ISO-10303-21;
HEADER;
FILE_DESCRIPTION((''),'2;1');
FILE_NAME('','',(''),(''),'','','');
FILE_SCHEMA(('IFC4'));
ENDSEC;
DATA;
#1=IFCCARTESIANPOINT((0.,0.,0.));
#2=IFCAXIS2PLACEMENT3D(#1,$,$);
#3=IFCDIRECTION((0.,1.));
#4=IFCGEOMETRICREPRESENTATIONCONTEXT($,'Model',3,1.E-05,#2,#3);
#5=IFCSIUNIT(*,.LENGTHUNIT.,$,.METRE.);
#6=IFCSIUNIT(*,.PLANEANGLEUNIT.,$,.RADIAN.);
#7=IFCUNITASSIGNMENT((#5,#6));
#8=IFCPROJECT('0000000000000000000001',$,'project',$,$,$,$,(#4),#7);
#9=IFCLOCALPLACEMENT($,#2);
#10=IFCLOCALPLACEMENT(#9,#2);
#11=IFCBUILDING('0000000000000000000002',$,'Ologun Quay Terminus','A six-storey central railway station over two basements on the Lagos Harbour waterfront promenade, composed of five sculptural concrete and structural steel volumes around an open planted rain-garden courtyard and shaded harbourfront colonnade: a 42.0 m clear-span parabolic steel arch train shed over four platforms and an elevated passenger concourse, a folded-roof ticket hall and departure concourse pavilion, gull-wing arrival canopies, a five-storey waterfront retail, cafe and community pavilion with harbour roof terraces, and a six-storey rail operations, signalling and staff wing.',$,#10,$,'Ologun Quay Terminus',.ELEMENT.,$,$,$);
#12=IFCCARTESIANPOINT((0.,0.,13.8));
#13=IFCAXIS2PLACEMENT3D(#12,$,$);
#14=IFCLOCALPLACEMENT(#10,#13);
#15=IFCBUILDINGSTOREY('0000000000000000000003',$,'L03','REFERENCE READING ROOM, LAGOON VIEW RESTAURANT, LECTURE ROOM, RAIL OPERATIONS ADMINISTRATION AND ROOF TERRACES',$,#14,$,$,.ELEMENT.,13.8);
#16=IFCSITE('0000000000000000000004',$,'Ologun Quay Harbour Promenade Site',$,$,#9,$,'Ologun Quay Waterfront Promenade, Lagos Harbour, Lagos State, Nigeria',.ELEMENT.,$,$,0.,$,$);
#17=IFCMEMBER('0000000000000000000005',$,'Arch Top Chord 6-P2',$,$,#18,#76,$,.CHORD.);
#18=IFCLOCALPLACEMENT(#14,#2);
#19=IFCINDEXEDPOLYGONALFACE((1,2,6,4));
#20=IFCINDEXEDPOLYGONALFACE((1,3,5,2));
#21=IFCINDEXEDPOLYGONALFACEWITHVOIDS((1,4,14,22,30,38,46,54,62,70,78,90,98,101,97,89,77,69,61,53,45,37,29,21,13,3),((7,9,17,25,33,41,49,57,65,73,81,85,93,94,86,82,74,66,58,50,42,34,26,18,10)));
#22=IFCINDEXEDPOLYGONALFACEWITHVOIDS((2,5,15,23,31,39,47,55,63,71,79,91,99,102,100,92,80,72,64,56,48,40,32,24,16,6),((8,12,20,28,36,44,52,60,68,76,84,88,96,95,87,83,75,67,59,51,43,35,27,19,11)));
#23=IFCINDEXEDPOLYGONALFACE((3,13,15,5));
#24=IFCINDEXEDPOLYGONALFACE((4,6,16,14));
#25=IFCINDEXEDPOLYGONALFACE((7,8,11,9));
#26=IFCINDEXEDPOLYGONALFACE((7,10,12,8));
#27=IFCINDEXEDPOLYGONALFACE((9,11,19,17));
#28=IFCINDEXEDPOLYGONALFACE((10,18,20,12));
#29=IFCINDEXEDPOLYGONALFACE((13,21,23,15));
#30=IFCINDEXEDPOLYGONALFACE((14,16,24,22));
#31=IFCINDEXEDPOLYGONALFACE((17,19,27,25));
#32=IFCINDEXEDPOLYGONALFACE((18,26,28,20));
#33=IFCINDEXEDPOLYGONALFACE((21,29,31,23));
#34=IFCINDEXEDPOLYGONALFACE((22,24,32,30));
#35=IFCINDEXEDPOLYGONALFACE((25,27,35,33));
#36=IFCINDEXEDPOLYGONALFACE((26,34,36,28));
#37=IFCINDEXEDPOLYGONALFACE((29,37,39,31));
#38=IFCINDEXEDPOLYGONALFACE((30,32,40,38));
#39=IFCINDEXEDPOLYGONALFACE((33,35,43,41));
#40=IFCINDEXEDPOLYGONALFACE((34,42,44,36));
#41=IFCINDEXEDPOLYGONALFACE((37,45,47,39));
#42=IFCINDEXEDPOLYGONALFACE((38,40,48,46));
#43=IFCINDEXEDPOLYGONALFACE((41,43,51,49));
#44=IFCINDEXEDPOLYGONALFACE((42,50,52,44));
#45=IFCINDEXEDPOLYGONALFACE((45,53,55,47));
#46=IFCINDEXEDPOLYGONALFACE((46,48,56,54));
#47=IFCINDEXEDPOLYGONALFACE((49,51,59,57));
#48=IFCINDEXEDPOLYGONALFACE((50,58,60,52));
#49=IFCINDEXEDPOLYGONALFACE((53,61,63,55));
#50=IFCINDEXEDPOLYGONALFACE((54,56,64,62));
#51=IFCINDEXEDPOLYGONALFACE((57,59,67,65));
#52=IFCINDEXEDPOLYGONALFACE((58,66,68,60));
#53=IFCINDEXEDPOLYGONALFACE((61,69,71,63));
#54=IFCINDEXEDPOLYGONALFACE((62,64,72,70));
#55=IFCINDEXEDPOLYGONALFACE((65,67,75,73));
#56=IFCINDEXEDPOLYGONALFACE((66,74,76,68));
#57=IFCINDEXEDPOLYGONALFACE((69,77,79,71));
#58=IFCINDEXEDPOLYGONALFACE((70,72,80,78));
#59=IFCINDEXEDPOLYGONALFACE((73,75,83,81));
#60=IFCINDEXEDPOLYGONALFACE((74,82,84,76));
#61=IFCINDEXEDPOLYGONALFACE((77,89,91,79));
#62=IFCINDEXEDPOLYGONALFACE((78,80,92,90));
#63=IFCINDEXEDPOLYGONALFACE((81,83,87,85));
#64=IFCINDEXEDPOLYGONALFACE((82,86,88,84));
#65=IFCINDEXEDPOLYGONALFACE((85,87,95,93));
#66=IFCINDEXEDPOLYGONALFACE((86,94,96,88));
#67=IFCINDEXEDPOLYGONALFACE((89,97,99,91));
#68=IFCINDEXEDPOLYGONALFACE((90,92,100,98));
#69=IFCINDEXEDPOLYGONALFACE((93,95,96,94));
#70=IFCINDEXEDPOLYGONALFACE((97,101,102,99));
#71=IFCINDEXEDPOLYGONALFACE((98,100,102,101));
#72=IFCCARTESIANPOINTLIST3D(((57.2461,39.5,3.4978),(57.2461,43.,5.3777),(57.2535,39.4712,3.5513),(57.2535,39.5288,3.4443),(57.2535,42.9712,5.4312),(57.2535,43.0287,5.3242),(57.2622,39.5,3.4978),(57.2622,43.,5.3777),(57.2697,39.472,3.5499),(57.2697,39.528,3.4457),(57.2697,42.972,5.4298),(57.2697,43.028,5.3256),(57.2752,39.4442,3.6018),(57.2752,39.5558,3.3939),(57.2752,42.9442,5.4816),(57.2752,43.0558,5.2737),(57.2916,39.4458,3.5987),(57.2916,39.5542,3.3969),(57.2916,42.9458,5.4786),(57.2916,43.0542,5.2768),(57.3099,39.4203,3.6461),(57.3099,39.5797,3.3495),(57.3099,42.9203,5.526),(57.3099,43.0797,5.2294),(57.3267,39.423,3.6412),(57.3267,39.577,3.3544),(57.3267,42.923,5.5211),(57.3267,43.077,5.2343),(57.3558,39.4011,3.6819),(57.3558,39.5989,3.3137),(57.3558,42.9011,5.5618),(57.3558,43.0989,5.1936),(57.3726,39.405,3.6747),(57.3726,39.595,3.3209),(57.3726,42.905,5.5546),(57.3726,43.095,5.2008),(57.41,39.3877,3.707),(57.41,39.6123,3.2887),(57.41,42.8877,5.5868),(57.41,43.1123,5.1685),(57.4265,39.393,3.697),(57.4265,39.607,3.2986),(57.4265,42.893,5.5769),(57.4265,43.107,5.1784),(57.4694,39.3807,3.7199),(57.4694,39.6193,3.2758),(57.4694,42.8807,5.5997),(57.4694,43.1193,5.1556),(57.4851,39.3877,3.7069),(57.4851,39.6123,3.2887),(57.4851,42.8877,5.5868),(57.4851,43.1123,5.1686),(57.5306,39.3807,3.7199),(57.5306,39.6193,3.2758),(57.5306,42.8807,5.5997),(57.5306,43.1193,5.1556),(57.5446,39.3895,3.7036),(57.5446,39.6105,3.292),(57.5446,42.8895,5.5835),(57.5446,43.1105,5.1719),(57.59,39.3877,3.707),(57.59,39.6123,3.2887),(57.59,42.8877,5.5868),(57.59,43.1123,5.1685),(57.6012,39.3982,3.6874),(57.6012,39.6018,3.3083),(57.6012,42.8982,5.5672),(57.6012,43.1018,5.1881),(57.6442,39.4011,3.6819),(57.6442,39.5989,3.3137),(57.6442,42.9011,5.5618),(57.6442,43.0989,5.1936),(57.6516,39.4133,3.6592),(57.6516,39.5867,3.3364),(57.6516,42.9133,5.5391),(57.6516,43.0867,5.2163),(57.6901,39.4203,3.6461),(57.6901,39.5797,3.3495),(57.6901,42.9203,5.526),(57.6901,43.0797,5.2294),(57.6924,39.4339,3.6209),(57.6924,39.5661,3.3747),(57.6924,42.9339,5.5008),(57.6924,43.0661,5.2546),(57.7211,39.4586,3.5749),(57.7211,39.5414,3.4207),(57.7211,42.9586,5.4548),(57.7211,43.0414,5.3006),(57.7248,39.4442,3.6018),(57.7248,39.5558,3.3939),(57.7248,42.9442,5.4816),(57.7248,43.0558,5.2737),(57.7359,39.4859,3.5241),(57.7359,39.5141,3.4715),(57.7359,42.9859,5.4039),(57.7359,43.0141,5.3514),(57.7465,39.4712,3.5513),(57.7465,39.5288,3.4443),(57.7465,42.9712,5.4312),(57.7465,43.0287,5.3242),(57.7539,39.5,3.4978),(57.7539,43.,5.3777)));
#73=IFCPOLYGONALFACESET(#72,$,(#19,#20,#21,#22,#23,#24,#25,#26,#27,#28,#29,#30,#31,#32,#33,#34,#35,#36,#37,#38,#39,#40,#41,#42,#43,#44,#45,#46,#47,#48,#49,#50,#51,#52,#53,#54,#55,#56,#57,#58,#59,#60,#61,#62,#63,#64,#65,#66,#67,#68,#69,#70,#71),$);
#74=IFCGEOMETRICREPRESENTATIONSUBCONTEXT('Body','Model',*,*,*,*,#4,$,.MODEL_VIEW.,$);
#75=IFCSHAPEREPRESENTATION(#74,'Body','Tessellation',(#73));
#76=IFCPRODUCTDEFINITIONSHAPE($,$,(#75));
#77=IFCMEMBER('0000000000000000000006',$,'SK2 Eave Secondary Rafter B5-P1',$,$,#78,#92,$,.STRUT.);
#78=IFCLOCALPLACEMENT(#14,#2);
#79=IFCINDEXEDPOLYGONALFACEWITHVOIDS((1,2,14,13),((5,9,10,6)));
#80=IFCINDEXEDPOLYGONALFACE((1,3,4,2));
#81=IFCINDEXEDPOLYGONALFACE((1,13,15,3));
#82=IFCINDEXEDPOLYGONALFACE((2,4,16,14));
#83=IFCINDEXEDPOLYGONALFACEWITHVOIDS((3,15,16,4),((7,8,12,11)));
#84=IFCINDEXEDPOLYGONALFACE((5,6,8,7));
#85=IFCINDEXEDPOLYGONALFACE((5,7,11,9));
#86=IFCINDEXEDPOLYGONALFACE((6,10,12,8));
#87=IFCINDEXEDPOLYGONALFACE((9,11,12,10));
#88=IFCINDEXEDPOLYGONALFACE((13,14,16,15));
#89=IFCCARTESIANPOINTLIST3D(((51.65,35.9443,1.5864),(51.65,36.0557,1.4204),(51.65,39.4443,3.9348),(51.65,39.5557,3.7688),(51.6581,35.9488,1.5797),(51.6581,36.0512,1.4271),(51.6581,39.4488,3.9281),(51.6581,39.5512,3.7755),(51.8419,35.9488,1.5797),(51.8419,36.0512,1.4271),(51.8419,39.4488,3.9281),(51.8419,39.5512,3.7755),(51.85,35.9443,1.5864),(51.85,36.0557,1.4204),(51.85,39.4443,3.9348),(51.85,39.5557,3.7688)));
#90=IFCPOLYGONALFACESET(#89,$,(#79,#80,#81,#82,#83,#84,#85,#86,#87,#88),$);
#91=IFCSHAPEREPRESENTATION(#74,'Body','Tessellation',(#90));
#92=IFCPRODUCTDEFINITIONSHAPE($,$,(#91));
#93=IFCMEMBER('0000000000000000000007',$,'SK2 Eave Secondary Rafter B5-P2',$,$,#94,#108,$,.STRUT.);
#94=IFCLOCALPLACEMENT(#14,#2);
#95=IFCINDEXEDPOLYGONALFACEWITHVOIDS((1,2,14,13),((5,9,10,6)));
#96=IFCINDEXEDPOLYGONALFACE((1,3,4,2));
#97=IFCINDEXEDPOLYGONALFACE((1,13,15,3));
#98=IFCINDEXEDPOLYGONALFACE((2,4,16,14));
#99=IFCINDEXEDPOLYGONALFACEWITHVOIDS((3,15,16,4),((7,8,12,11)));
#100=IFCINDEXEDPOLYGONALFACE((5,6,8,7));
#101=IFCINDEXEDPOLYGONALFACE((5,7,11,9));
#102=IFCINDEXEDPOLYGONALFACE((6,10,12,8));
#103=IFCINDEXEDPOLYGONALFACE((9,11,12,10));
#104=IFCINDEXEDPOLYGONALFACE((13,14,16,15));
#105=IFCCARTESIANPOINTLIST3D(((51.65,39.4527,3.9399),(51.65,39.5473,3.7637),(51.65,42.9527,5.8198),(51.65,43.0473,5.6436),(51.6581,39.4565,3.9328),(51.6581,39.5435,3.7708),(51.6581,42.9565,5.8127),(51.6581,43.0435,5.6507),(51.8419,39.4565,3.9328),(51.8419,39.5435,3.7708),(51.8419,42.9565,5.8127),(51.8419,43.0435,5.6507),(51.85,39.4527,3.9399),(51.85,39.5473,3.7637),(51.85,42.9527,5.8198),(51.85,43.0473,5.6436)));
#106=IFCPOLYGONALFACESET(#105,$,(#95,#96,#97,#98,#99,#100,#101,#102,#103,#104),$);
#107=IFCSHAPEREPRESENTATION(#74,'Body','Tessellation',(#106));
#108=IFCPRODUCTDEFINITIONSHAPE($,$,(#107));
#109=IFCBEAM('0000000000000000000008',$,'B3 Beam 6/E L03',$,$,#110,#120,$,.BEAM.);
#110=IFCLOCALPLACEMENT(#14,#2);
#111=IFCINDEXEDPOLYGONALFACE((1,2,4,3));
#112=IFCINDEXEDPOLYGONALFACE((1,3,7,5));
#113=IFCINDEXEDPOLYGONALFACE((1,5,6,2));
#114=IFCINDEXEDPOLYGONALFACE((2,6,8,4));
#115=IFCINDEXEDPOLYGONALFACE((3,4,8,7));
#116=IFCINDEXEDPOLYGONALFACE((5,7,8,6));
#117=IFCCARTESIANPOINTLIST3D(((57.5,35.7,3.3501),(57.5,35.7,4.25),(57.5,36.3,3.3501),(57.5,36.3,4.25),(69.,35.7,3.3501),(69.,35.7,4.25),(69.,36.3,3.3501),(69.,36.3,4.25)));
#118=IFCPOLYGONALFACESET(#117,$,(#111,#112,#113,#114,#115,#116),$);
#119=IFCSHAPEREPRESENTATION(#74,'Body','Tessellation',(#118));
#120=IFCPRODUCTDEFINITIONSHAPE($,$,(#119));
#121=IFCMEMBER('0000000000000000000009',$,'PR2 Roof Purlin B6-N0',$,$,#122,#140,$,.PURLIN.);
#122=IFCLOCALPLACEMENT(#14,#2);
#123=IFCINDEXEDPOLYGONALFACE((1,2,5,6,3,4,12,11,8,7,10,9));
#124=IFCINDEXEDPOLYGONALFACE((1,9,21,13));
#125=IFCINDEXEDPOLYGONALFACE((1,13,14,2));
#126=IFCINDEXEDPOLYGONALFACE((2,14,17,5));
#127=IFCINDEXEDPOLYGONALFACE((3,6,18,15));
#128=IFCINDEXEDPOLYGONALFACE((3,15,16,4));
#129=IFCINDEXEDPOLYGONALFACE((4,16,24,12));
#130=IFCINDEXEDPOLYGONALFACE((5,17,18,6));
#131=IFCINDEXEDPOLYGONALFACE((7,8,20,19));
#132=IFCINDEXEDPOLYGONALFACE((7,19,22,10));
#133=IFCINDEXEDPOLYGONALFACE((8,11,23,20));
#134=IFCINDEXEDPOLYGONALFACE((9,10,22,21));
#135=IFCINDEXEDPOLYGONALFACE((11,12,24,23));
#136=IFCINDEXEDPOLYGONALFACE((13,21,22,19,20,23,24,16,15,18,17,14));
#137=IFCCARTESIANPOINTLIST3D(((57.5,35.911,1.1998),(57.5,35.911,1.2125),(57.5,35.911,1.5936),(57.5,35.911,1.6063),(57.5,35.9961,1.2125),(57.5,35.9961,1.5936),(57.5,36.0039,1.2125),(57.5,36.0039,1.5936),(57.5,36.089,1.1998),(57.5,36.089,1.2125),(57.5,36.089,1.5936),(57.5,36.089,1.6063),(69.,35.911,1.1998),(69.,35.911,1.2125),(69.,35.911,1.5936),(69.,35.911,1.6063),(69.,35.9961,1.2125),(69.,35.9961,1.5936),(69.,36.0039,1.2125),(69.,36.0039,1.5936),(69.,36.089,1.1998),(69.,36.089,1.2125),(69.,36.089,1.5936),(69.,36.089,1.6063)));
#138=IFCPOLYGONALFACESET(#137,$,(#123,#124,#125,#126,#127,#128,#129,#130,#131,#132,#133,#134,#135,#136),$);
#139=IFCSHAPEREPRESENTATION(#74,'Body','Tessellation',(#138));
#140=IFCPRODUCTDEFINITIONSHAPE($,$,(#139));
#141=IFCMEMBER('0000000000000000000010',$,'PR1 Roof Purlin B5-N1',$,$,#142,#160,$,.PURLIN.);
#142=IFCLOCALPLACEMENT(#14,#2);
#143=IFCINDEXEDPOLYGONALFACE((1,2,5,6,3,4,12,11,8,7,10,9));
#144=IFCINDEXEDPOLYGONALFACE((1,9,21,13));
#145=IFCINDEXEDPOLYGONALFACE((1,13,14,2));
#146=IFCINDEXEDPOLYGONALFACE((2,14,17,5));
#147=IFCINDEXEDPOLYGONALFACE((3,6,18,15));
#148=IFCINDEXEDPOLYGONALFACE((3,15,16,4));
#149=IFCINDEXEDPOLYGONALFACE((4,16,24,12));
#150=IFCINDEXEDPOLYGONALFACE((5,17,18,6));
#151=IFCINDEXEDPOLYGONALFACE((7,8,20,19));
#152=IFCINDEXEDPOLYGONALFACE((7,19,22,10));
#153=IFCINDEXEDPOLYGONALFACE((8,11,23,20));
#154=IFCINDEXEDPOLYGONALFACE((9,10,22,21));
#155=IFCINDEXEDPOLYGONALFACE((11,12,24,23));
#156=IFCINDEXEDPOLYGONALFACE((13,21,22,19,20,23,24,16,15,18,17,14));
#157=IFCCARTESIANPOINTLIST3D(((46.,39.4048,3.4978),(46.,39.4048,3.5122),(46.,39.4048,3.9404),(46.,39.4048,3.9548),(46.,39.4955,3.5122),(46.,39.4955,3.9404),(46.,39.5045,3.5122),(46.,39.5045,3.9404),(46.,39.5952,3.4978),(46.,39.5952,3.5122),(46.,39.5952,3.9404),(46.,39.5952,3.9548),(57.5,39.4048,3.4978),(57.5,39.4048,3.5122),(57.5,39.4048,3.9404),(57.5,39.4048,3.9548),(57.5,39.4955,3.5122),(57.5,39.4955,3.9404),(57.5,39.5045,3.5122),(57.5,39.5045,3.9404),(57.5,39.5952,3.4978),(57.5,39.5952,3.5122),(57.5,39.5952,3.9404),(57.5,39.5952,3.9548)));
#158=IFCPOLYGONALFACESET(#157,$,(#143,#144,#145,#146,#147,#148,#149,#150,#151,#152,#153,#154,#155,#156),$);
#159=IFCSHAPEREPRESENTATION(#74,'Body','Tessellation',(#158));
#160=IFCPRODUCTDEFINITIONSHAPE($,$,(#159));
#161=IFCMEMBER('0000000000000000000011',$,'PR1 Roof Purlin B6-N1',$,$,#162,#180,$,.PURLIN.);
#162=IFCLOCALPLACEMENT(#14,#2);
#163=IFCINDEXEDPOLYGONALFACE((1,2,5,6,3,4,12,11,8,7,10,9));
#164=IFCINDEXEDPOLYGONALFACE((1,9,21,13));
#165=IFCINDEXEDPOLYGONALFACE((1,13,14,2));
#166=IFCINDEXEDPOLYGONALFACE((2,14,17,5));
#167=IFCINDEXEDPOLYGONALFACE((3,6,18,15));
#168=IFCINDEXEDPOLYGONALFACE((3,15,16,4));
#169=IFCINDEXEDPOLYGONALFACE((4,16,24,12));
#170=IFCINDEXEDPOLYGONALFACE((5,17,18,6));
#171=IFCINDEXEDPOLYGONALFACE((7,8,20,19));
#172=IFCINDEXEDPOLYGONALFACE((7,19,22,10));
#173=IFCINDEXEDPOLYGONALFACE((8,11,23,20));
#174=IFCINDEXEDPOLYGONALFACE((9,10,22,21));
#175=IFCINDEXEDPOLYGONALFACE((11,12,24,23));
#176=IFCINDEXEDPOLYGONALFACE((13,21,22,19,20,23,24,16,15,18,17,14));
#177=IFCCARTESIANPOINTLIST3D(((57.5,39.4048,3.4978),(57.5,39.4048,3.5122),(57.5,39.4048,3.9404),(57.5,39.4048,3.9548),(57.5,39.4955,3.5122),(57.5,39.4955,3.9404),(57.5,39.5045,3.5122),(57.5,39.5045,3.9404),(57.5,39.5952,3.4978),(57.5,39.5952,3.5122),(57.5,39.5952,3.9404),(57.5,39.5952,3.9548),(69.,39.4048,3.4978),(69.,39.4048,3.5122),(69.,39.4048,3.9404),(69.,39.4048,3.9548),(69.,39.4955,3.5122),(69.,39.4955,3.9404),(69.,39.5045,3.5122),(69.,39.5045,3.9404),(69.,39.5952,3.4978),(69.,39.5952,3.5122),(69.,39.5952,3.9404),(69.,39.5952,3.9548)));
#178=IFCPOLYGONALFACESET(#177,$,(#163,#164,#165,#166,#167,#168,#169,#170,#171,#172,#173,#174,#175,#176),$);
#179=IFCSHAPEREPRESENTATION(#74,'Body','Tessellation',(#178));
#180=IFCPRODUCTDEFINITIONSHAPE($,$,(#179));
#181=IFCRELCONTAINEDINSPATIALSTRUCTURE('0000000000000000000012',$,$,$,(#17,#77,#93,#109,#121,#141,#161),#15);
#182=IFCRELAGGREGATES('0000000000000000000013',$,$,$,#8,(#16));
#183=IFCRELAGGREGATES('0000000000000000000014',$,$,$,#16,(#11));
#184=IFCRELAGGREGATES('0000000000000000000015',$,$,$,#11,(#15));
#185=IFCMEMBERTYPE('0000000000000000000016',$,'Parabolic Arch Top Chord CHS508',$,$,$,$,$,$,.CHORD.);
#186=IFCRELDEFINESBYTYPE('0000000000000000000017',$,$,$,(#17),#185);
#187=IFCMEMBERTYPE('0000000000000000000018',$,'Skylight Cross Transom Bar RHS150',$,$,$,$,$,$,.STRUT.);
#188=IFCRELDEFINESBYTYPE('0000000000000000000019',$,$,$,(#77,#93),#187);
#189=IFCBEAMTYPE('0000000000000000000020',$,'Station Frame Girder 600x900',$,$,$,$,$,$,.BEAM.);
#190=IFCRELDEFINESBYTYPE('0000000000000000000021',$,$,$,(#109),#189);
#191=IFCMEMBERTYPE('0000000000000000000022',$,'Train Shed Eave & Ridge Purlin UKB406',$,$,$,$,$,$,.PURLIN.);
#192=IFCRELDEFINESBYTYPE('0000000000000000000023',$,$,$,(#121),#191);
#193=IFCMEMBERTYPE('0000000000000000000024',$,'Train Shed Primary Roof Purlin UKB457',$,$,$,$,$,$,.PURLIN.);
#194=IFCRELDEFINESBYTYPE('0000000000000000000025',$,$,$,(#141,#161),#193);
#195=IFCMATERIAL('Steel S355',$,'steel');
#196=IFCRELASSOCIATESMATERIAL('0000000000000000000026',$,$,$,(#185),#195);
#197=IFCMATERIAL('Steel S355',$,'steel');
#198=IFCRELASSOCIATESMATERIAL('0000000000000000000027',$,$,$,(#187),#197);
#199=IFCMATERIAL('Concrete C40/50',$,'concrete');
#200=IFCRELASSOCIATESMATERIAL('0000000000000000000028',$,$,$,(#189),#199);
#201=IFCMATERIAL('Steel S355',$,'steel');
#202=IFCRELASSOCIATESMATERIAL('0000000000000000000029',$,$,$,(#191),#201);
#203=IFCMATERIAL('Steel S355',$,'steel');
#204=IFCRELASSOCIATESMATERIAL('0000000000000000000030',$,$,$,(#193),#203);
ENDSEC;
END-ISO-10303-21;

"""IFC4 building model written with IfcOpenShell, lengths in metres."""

from ifc_helpers import new_model, si_unit, direction, frame, origin, origin_2d, place, context, subcontext, project, spatial, rectangle, hollow_rectangle, hollow_circle, i_section, extrude, material, material_profile, profile_set, type_object, element, save


model = new_model("IFC4")

# Units and contexts
model_context = context("Model", 3, precision=1e-05, world=origin(), true_north=direction((0.0, 1.0)))
body_context = subcontext(model_context, "Body", "Model", "MODEL_VIEW")
ifc_project = project(units=[si_unit("LENGTHUNIT", "METRE"), si_unit("PLANEANGLEUNIT", "RADIAN")], contexts=[model_context])

# Site, building, storey
site_placement = place(None, origin())
site = spatial("IfcSite", under=ifc_project, at=site_placement, Name="Ologun Quay Harbour Promenade Site", LongName="Ologun Quay Waterfront Promenade, Lagos Harbour, Lagos State, Nigeria", CompositionType="ELEMENT", RefElevation=0.0)
building_placement = place(site_placement, origin())
building = spatial("IfcBuilding", under=site, at=building_placement, Name="Ologun Quay Terminus", Description="A six-storey central railway station over two basements on the Lagos Harbour waterfront promenade, composed of five sculptural concrete and structural steel volumes around an open planted rain-garden courtyard and shaded harbourfront colonnade: a 42.0 m clear-span parabolic steel arch train shed over four platforms and an elevated passenger concourse, a folded-roof ticket hall and departure concourse pavilion, gull-wing arrival canopies, a five-storey waterfront retail, cafe and community pavilion with harbour roof terraces, and a six-storey rail operations, signalling and staff wing.", LongName="Ologun Quay Terminus", CompositionType="ELEMENT")
storey_placement = place(building_placement, frame((0.0, 0.0, 13.8)))
storey = spatial("IfcBuildingStorey", under=building, at=storey_placement, Name="L03", Description="REFERENCE READING ROOM, LAGOON VIEW RESTAURANT, LECTURE ROOM, RAIL OPERATIONS ADMINISTRATION AND ROOF TERRACES", CompositionType="ELEMENT", Elevation=13.8)

# Members
ifc_material_1 = material(Name="Steel S355", Category="steel")
ifc_material_profile_1 = material_profile(ifc_material_1, hollow_circle(Radius=0.2539, WallThickness=0.0161, at=origin_2d()), Name="CHS 508x16")
ifc_profile_set_1 = profile_set([ifc_material_profile_1], Name="Steel S355")
member_type_1 = type_object("IfcMemberType", Name="Parabolic Arch Top Chord CHS508", PredefinedType="CHORD", material=ifc_profile_set_1)
member_1_placement = place(storey_placement, frame((57.5, 39.5, 3.4978), z_axis=(0.0, 0.880968, 0.473176), x_axis=(-1.0, 0.0, 0.0)))
element("IfcMember", 1, at=member_1_placement, inside=storey, type_object=member_type_1, Name="Arch Top Chord 6-P2", PredefinedType="CHORD", context=body_context, shape_type="SweptSolid", body=[
    extrude(hollow_circle(Radius=0.2539, WallThickness=0.0161, at=origin_2d()), origin(), (0.0, 0.0, 1.0), 3.9729),
])
ifc_material_2 = material(Name="Steel S355", Category="steel")
ifc_material_profile_2 = material_profile(ifc_material_2, hollow_rectangle(XDim=0.2, YDim=0.2, WallThickness=0.0081, at=origin_2d()), Name="SHS 200x200x8")
ifc_profile_set_2 = profile_set([ifc_material_profile_2], Name="Steel S355")
member_type_2 = type_object("IfcMemberType", Name="Skylight Cross Transom Bar RHS150", PredefinedType="STRUT", material=ifc_profile_set_2)
member_2_placement = place(storey_placement, frame((51.75, 36.0, 1.5034), z_axis=(0.0, 0.830398, 0.557171), x_axis=(-1.0, 0.0, 0.0)))
element("IfcMember", 2, at=member_2_placement, inside=storey, type_object=member_type_2, Name="SK2 Eave Secondary Rafter B5-P1", PredefinedType="STRUT", context=body_context, shape_type="SweptSolid", body=[
    extrude(hollow_rectangle(XDim=0.2, YDim=0.2, WallThickness=0.0081, at=origin_2d()), origin(), (0.0, 0.0, 1.0), 4.2148),
])
member_3_placement = place(storey_placement, frame((51.75, 39.5, 3.8518), z_axis=(0.0, 0.880968, 0.473176), x_axis=(-1.0, 0.0, 0.0)))
element("IfcMember", 3, at=member_3_placement, inside=storey, type_object=member_type_2, Name="SK2 Eave Secondary Rafter B5-P2", PredefinedType="STRUT", context=body_context, shape_type="SweptSolid", body=[
    extrude(hollow_rectangle(XDim=0.2, YDim=0.2, WallThickness=0.0081, at=origin_2d()), origin(), (0.0, 0.0, 1.0), 3.9729),
])

# Beam
ifc_material_3 = material(Name="Concrete C40/50", Category="concrete")
ifc_material_profile_3 = material_profile(ifc_material_3, rectangle(XDim=0.6001, YDim=0.8999, at=origin_2d()), Name="RC 600x900")
ifc_profile_set_3 = profile_set([ifc_material_profile_3], Name="Concrete C40/50")
beam_type = type_object("IfcBeamType", Name="Station Frame Girder 600x900", PredefinedType="BEAM", material=ifc_profile_set_3)
beam_placement = place(storey_placement, frame((57.5, 36.0, 3.8), z_axis=(1.0, 0.0, 0.0), x_axis=(0.0, 1.0, 0.0)))
element("IfcBeam", 4, at=beam_placement, inside=storey, type_object=beam_type, Name="B3 Beam 6/E L03", PredefinedType="BEAM", context=body_context, shape_type="SweptSolid", body=[
    extrude(rectangle(XDim=0.6001, YDim=0.8999, at=origin_2d()), origin(), (0.0, 0.0, 1.0), 11.5),
])

# Members
ifc_material_4 = material(Name="Steel S355", Category="steel")
ifc_material_profile_4 = material_profile(ifc_material_4, i_section(OverallWidth=0.178, OverallDepth=0.4065, WebThickness=0.0078, FlangeThickness=0.0127, at=origin_2d()), Name="UKB 406x178x60")
ifc_profile_set_4 = profile_set([ifc_material_profile_4], Name="Steel S355")
member_type_3 = type_object("IfcMemberType", Name="Train Shed Eave & Ridge Purlin UKB406", PredefinedType="PURLIN", material=ifc_profile_set_4)
member_4_placement = place(storey_placement, frame((57.5, 36.0, 1.4031), z_axis=(1.0, 0.0, 0.0), x_axis=(0.0, 1.0, 0.0)))
element("IfcMember", 5, at=member_4_placement, inside=storey, type_object=member_type_3, Name="PR2 Roof Purlin B6-N0", PredefinedType="PURLIN", context=body_context, shape_type="SweptSolid", body=[
    extrude(i_section(OverallWidth=0.178, OverallDepth=0.4065, WebThickness=0.0078, FlangeThickness=0.0127, at=origin_2d()), origin(), (0.0, 0.0, 1.0), 11.5),
])
ifc_material_5 = material(Name="Steel S355", Category="steel")
ifc_material_profile_5 = material_profile(ifc_material_5, i_section(OverallWidth=0.1904, OverallDepth=0.457, WebThickness=0.009, FlangeThickness=0.0144, at=origin_2d()), Name="UKB 457x191x74")
ifc_profile_set_5 = profile_set([ifc_material_profile_5], Name="Steel S355")
member_type_4 = type_object("IfcMemberType", Name="Train Shed Primary Roof Purlin UKB457", PredefinedType="PURLIN", material=ifc_profile_set_5)
for number, where, z_axis, x_axis, name in (
    (6, (46.0, 39.5, 3.7263), (1.0, 0.0, 0.0), (0.0, 1.0, 0.0), "PR1 Roof Purlin B5-N1"),
    (7, (57.5, 39.5, 3.7263), (1.0, 0.0, 0.0), (0.0, 1.0, 0.0), "PR1 Roof Purlin B6-N1"),
):
    element("IfcMember", number, at=place(storey_placement, frame(where, z_axis=z_axis, x_axis=x_axis)), inside=storey, type_object=member_type_4, Name=name, PredefinedType="PURLIN", context=body_context, shape_type="SweptSolid", body=[
        extrude(i_section(OverallWidth=0.1904, OverallDepth=0.457, WebThickness=0.009, FlangeThickness=0.0144, at=origin_2d()), origin(), (0.0, 0.0, 1.0), 11.5),
    ])

save(model, "model.ifc")
